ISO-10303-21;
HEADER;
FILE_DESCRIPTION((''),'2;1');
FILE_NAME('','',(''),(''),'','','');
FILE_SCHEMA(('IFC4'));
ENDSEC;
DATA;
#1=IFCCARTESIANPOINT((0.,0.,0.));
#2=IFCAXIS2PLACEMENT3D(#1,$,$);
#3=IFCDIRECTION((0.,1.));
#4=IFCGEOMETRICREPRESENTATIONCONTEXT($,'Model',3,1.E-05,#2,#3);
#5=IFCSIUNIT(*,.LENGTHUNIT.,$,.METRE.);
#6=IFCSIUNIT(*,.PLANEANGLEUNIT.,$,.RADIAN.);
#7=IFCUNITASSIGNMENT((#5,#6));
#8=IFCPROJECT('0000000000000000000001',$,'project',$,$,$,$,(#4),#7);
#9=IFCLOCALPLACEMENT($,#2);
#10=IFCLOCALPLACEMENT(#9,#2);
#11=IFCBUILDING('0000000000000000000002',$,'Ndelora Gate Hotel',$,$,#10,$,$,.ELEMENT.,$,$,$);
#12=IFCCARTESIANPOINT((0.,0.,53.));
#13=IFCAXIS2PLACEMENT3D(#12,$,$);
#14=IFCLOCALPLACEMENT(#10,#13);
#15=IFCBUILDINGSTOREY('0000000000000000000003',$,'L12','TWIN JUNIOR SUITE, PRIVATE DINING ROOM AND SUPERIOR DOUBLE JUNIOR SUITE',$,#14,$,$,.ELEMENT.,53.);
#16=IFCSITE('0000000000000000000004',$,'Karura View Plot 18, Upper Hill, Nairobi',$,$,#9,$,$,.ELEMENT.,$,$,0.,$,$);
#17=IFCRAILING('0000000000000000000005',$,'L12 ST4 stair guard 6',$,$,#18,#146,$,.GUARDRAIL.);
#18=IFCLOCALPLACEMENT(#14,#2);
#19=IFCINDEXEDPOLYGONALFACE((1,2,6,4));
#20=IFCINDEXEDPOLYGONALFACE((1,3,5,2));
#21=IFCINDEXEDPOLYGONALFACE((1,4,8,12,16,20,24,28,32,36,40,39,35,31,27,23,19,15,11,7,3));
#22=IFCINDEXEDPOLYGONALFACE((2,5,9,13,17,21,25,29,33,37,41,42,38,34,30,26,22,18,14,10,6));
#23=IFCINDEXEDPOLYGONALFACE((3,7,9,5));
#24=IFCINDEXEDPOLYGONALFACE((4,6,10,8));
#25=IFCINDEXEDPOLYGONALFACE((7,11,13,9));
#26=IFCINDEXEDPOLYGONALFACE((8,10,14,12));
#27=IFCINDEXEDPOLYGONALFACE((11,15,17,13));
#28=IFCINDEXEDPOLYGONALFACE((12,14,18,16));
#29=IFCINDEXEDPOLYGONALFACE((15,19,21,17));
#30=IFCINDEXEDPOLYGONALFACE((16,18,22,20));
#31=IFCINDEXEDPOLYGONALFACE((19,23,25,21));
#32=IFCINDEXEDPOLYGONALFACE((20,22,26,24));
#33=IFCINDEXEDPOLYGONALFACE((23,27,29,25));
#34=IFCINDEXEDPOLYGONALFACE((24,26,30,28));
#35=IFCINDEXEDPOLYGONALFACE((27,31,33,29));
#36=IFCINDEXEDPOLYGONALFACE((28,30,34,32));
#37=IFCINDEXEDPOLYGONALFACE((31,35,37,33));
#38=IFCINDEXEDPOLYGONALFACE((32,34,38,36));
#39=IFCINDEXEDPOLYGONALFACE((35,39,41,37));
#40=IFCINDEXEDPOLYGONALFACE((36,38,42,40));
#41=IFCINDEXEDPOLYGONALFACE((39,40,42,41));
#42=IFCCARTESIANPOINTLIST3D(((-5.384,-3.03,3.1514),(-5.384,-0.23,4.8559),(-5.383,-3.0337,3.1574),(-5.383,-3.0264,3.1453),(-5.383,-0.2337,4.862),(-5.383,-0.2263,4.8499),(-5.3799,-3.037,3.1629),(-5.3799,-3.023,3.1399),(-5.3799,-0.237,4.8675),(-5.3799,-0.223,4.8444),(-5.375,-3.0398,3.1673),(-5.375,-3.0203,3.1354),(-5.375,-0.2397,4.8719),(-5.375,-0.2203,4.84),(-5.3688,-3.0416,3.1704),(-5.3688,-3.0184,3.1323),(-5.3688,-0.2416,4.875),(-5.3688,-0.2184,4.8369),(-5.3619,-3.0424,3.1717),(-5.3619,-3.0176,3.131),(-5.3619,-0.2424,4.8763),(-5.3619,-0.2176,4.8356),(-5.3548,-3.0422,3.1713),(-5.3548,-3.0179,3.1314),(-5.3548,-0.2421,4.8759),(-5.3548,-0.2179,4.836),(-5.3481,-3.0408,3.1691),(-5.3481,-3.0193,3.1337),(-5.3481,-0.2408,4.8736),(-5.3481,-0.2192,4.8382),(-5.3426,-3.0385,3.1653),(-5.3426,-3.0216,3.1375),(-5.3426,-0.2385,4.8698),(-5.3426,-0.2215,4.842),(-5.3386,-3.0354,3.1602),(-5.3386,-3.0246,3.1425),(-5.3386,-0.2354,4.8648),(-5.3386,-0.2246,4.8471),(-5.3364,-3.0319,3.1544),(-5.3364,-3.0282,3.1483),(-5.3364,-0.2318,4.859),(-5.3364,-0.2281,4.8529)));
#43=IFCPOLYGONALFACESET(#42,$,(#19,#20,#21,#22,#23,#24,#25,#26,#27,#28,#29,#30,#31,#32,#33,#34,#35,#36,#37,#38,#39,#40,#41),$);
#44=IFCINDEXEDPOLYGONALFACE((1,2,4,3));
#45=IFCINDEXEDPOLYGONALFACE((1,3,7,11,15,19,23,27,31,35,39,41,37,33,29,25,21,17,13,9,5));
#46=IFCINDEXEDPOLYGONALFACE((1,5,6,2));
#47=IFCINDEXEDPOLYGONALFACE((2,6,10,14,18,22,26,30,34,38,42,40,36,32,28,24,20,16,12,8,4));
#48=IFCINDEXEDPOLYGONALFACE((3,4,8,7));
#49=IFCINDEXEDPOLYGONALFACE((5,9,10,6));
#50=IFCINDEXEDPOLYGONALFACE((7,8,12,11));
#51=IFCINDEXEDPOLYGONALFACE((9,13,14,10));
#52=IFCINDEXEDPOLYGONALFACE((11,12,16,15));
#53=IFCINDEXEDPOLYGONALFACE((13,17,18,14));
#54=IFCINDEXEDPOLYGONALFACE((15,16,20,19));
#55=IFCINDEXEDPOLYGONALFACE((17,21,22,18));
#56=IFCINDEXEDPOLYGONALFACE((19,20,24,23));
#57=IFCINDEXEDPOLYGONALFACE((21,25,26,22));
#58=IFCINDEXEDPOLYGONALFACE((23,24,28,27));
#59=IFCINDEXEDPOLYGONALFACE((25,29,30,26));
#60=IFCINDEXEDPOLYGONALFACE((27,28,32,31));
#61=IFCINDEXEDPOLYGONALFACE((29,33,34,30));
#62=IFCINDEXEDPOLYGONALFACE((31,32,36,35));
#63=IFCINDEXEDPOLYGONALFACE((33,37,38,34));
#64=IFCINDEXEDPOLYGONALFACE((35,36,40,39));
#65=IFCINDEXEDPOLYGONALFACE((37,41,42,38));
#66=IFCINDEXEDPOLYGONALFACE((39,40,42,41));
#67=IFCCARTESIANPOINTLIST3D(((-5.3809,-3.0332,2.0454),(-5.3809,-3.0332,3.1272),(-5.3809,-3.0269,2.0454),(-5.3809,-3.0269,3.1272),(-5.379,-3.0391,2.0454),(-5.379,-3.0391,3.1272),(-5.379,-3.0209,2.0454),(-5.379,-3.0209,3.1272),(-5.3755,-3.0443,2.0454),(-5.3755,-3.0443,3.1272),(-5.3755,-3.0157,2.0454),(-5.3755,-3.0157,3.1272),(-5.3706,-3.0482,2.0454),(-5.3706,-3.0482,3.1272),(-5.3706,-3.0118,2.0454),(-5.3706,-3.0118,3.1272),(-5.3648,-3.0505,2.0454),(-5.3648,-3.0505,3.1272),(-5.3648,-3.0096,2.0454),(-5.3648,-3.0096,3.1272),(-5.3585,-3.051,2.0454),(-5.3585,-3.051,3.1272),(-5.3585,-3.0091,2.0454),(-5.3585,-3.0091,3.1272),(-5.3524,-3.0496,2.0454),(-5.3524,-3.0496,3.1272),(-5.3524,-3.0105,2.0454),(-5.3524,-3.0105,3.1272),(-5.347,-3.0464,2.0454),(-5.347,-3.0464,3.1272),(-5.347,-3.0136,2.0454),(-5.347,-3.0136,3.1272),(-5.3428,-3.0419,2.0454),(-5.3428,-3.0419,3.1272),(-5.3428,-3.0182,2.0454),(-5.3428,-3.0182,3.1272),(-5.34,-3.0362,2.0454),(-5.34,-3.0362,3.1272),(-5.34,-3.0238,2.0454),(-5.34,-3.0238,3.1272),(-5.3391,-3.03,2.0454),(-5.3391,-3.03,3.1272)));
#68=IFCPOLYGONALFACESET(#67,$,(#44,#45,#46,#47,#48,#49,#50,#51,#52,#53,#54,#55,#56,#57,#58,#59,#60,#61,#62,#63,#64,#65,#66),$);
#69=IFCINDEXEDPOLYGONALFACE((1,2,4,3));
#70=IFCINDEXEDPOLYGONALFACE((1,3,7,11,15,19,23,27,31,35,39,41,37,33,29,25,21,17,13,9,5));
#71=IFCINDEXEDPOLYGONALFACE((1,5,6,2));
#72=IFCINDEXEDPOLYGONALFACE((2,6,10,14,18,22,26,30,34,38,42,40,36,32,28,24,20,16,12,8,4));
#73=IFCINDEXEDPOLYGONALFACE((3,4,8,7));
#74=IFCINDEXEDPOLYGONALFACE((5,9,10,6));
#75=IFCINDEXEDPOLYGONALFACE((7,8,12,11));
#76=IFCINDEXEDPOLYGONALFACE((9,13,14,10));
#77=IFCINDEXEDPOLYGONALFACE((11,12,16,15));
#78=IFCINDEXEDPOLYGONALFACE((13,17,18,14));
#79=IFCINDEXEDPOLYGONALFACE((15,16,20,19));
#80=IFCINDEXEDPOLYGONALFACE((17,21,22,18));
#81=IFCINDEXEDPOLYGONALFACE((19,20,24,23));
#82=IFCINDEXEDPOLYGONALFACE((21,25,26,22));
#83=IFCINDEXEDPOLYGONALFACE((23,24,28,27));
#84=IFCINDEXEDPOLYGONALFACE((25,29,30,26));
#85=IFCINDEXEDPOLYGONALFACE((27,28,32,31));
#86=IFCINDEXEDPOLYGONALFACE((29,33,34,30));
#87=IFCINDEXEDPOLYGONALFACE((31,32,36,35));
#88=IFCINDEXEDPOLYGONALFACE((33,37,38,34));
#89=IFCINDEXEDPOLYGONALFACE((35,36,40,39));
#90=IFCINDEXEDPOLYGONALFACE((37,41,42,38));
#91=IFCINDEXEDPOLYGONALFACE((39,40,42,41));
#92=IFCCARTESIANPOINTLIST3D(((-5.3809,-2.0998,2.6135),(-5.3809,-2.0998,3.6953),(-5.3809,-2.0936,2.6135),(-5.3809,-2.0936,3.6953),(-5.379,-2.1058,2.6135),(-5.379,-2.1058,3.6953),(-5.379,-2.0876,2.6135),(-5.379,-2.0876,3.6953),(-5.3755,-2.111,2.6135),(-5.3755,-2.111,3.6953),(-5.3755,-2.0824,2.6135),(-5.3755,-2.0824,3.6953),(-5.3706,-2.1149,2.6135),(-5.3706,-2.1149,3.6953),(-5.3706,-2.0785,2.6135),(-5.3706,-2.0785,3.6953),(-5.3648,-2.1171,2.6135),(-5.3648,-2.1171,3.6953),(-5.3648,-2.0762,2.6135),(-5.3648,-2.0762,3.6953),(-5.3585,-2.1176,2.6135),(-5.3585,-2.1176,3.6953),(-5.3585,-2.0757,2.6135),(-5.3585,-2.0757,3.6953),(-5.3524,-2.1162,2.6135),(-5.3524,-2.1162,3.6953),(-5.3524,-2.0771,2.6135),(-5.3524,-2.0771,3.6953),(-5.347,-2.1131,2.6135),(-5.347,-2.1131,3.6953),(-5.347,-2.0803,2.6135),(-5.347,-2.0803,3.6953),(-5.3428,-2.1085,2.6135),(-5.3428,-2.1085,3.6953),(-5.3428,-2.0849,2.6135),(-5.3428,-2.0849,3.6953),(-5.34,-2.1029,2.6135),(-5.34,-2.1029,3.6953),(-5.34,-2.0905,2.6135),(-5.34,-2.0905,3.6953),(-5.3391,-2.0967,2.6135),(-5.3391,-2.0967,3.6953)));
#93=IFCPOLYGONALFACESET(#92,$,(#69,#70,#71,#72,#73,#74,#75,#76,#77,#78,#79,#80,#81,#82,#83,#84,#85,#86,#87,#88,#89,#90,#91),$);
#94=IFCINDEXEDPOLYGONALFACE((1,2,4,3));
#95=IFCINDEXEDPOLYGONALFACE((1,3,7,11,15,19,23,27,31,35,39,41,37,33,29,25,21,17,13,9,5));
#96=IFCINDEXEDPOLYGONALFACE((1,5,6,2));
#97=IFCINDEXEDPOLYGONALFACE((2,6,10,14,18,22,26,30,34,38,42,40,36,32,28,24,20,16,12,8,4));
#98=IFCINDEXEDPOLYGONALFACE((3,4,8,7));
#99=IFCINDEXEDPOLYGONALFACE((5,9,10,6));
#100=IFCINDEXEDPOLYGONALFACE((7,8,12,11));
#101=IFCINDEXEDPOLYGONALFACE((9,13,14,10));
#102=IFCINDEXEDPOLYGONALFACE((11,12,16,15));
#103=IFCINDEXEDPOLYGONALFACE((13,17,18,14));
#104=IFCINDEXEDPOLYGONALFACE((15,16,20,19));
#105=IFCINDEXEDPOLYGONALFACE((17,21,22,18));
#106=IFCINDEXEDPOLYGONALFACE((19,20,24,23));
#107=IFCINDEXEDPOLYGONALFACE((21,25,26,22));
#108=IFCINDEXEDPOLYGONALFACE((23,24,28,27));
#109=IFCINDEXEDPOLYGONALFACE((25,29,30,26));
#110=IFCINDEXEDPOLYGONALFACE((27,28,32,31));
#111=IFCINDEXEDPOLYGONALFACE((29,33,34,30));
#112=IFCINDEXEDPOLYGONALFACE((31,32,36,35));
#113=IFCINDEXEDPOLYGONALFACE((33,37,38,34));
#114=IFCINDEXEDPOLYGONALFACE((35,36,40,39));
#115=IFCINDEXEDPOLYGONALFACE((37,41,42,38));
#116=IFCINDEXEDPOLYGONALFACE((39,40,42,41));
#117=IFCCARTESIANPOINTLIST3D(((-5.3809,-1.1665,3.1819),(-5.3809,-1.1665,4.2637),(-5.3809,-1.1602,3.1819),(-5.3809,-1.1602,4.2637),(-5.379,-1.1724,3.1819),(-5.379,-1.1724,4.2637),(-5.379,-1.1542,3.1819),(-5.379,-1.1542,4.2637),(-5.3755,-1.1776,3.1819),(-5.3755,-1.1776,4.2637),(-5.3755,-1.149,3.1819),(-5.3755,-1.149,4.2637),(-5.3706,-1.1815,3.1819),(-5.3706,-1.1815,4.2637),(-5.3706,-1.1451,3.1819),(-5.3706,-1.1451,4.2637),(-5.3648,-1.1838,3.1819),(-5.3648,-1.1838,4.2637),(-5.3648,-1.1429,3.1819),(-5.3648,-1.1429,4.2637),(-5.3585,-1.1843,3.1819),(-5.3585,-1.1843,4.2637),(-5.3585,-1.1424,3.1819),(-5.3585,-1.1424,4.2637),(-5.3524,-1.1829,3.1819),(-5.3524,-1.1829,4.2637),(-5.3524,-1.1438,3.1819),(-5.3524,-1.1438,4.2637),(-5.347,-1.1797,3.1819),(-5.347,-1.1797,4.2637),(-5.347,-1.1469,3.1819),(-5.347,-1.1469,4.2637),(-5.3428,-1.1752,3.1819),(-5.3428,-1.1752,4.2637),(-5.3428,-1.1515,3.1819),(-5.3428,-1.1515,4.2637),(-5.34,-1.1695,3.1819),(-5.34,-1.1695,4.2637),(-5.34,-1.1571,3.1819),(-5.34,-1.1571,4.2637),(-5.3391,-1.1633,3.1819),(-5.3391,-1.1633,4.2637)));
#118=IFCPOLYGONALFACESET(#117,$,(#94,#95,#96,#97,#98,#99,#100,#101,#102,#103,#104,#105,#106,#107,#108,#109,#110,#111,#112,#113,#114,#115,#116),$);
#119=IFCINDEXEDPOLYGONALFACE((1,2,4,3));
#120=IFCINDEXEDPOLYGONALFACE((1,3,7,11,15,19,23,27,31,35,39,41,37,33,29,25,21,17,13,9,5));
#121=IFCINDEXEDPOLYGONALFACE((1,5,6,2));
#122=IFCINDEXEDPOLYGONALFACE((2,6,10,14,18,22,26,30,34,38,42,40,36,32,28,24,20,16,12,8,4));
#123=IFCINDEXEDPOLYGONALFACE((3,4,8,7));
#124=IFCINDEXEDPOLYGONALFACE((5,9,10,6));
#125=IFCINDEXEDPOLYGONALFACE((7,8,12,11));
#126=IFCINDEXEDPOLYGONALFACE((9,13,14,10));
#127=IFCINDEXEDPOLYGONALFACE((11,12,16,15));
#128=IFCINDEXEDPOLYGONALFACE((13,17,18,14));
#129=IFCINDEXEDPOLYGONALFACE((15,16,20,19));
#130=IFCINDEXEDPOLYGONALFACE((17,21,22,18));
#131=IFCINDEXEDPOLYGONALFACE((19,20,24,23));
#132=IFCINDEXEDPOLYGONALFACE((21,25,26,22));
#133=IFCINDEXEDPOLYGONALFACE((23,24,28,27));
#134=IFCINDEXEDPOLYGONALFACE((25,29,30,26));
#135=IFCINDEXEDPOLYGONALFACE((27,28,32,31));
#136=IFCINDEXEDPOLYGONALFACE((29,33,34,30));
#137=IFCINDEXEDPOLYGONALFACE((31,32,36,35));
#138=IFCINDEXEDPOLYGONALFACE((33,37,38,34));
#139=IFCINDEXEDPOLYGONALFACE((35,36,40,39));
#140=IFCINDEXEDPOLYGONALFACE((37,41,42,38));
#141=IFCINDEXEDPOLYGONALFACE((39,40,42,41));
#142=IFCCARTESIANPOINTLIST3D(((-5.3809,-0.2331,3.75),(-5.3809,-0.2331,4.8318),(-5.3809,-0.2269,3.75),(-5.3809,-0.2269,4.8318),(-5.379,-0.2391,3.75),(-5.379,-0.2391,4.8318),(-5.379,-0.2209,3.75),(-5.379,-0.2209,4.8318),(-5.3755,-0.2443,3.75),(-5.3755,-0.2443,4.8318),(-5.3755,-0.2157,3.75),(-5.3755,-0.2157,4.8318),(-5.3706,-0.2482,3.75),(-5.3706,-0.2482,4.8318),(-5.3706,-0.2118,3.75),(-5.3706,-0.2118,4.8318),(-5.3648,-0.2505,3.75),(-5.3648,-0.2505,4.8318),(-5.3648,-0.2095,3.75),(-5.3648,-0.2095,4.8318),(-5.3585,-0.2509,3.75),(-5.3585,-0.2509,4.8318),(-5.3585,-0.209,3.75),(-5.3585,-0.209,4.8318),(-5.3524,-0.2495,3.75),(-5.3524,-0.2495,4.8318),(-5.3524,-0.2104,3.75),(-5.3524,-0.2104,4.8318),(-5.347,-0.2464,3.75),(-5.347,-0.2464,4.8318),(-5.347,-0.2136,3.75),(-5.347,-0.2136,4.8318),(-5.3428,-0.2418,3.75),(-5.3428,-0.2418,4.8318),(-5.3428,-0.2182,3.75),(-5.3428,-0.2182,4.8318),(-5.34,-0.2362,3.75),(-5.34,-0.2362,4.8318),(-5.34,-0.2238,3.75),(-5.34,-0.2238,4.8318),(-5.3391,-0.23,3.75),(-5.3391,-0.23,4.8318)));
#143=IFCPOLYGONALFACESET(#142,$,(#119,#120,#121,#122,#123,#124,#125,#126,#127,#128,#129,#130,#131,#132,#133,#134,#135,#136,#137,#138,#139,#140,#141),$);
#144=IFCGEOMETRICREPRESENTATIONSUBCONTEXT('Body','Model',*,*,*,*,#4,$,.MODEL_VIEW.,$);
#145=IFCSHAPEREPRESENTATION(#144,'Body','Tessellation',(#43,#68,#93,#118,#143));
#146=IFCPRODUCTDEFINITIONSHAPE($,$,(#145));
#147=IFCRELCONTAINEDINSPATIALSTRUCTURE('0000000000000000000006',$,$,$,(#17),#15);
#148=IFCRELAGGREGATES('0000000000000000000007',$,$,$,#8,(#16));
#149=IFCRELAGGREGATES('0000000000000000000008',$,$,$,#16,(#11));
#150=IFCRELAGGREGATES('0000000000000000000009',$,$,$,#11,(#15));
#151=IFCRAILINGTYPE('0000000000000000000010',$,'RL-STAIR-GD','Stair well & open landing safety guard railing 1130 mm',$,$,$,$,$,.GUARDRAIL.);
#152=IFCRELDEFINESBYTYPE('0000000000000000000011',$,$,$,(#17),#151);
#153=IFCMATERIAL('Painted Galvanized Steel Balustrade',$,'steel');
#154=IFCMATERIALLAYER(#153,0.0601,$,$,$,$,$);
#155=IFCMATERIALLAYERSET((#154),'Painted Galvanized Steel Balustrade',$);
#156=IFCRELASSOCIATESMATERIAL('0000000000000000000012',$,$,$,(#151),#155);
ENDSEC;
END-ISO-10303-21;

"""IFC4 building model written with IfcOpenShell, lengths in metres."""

from ifc_helpers import new_model, si_unit, direction, frame, origin, origin_2d, place, context, subcontext, project, spatial, circle, extrude, material, layer, layer_set, type_object, element, save


model = new_model("IFC4")

# Units and contexts
model_context = context("Model", 3, precision=1e-05, world=origin(), true_north=direction((0.0, 1.0)))
body_context = subcontext(model_context, "Body", "Model", "MODEL_VIEW")
ifc_project = project(units=[si_unit("LENGTHUNIT", "METRE"), si_unit("PLANEANGLEUNIT", "RADIAN")], contexts=[model_context])

# Site, building, storey
site_placement = place(None, origin())
site = spatial("IfcSite", under=ifc_project, at=site_placement, Name="Karura View Plot 18, Upper Hill, Nairobi", CompositionType="ELEMENT", RefElevation=0.0)
building_placement = place(site_placement, origin())
building = spatial("IfcBuilding", under=site, at=building_placement, Name="Ndelora Gate Hotel", CompositionType="ELEMENT")
storey_placement = place(building_placement, frame((0.0, 0.0, 53.0)))
storey = spatial("IfcBuildingStorey", under=building, at=storey_placement, Name="L12", Description="TWIN JUNIOR SUITE, PRIVATE DINING ROOM AND SUPERIOR DOUBLE JUNIOR SUITE", CompositionType="ELEMENT", Elevation=53.0)

# Railing
ifc_material_1 = material(Name="Painted Galvanized Steel Balustrade", Category="steel")
ifc_layer_1 = layer(ifc_material_1, 0.0601)
ifc_layer_set_1 = layer_set([ifc_layer_1], Name="Painted Galvanized Steel Balustrade")
railing_type_1 = type_object("IfcRailingType", Name="RL-STAIR-GD", Description="Stair well & open landing safety guard railing 1130 mm", PredefinedType="GUARDRAIL", material=ifc_layer_set_1)
railing_1_placement = place(storey_placement, frame((-5.3601, -3.03, 2.0454)))
element("IfcRailing", 1, at=railing_1_placement, inside=storey, type_object=railing_type_1, Name="L12 ST4 stair guard 6", PredefinedType="GUARDRAIL", context=body_context, shape_type="SweptSolid", body=[
    extrude(circle(Radius=0.0239, at=origin_2d()), frame((0.0, 0.0, 1.106), z_axis=(0.0, 0.85417, 0.519994), x_axis=(-1.0, 0.0, 0.0)), (0.0, 0.0, 1.0), 3.2781),
    extrude(circle(Radius=0.021, at=origin_2d()), origin(), (0.0, 0.0, 1.0), 1.0818),
    extrude(circle(Radius=0.021, at=origin_2d()), frame((0.0, 0.9333, 0.5681)), (0.0, 0.0, 1.0), 1.0818),
    extrude(circle(Radius=0.021, at=origin_2d()), frame((0.0, 1.8667, 1.1365)), (0.0, 0.0, 1.0), 1.0818),
    extrude(circle(Radius=0.021, at=origin_2d()), frame((0.0, 2.8, 1.7046)), (0.0, 0.0, 1.0), 1.0818),
])

save(model, "model.ifc")
